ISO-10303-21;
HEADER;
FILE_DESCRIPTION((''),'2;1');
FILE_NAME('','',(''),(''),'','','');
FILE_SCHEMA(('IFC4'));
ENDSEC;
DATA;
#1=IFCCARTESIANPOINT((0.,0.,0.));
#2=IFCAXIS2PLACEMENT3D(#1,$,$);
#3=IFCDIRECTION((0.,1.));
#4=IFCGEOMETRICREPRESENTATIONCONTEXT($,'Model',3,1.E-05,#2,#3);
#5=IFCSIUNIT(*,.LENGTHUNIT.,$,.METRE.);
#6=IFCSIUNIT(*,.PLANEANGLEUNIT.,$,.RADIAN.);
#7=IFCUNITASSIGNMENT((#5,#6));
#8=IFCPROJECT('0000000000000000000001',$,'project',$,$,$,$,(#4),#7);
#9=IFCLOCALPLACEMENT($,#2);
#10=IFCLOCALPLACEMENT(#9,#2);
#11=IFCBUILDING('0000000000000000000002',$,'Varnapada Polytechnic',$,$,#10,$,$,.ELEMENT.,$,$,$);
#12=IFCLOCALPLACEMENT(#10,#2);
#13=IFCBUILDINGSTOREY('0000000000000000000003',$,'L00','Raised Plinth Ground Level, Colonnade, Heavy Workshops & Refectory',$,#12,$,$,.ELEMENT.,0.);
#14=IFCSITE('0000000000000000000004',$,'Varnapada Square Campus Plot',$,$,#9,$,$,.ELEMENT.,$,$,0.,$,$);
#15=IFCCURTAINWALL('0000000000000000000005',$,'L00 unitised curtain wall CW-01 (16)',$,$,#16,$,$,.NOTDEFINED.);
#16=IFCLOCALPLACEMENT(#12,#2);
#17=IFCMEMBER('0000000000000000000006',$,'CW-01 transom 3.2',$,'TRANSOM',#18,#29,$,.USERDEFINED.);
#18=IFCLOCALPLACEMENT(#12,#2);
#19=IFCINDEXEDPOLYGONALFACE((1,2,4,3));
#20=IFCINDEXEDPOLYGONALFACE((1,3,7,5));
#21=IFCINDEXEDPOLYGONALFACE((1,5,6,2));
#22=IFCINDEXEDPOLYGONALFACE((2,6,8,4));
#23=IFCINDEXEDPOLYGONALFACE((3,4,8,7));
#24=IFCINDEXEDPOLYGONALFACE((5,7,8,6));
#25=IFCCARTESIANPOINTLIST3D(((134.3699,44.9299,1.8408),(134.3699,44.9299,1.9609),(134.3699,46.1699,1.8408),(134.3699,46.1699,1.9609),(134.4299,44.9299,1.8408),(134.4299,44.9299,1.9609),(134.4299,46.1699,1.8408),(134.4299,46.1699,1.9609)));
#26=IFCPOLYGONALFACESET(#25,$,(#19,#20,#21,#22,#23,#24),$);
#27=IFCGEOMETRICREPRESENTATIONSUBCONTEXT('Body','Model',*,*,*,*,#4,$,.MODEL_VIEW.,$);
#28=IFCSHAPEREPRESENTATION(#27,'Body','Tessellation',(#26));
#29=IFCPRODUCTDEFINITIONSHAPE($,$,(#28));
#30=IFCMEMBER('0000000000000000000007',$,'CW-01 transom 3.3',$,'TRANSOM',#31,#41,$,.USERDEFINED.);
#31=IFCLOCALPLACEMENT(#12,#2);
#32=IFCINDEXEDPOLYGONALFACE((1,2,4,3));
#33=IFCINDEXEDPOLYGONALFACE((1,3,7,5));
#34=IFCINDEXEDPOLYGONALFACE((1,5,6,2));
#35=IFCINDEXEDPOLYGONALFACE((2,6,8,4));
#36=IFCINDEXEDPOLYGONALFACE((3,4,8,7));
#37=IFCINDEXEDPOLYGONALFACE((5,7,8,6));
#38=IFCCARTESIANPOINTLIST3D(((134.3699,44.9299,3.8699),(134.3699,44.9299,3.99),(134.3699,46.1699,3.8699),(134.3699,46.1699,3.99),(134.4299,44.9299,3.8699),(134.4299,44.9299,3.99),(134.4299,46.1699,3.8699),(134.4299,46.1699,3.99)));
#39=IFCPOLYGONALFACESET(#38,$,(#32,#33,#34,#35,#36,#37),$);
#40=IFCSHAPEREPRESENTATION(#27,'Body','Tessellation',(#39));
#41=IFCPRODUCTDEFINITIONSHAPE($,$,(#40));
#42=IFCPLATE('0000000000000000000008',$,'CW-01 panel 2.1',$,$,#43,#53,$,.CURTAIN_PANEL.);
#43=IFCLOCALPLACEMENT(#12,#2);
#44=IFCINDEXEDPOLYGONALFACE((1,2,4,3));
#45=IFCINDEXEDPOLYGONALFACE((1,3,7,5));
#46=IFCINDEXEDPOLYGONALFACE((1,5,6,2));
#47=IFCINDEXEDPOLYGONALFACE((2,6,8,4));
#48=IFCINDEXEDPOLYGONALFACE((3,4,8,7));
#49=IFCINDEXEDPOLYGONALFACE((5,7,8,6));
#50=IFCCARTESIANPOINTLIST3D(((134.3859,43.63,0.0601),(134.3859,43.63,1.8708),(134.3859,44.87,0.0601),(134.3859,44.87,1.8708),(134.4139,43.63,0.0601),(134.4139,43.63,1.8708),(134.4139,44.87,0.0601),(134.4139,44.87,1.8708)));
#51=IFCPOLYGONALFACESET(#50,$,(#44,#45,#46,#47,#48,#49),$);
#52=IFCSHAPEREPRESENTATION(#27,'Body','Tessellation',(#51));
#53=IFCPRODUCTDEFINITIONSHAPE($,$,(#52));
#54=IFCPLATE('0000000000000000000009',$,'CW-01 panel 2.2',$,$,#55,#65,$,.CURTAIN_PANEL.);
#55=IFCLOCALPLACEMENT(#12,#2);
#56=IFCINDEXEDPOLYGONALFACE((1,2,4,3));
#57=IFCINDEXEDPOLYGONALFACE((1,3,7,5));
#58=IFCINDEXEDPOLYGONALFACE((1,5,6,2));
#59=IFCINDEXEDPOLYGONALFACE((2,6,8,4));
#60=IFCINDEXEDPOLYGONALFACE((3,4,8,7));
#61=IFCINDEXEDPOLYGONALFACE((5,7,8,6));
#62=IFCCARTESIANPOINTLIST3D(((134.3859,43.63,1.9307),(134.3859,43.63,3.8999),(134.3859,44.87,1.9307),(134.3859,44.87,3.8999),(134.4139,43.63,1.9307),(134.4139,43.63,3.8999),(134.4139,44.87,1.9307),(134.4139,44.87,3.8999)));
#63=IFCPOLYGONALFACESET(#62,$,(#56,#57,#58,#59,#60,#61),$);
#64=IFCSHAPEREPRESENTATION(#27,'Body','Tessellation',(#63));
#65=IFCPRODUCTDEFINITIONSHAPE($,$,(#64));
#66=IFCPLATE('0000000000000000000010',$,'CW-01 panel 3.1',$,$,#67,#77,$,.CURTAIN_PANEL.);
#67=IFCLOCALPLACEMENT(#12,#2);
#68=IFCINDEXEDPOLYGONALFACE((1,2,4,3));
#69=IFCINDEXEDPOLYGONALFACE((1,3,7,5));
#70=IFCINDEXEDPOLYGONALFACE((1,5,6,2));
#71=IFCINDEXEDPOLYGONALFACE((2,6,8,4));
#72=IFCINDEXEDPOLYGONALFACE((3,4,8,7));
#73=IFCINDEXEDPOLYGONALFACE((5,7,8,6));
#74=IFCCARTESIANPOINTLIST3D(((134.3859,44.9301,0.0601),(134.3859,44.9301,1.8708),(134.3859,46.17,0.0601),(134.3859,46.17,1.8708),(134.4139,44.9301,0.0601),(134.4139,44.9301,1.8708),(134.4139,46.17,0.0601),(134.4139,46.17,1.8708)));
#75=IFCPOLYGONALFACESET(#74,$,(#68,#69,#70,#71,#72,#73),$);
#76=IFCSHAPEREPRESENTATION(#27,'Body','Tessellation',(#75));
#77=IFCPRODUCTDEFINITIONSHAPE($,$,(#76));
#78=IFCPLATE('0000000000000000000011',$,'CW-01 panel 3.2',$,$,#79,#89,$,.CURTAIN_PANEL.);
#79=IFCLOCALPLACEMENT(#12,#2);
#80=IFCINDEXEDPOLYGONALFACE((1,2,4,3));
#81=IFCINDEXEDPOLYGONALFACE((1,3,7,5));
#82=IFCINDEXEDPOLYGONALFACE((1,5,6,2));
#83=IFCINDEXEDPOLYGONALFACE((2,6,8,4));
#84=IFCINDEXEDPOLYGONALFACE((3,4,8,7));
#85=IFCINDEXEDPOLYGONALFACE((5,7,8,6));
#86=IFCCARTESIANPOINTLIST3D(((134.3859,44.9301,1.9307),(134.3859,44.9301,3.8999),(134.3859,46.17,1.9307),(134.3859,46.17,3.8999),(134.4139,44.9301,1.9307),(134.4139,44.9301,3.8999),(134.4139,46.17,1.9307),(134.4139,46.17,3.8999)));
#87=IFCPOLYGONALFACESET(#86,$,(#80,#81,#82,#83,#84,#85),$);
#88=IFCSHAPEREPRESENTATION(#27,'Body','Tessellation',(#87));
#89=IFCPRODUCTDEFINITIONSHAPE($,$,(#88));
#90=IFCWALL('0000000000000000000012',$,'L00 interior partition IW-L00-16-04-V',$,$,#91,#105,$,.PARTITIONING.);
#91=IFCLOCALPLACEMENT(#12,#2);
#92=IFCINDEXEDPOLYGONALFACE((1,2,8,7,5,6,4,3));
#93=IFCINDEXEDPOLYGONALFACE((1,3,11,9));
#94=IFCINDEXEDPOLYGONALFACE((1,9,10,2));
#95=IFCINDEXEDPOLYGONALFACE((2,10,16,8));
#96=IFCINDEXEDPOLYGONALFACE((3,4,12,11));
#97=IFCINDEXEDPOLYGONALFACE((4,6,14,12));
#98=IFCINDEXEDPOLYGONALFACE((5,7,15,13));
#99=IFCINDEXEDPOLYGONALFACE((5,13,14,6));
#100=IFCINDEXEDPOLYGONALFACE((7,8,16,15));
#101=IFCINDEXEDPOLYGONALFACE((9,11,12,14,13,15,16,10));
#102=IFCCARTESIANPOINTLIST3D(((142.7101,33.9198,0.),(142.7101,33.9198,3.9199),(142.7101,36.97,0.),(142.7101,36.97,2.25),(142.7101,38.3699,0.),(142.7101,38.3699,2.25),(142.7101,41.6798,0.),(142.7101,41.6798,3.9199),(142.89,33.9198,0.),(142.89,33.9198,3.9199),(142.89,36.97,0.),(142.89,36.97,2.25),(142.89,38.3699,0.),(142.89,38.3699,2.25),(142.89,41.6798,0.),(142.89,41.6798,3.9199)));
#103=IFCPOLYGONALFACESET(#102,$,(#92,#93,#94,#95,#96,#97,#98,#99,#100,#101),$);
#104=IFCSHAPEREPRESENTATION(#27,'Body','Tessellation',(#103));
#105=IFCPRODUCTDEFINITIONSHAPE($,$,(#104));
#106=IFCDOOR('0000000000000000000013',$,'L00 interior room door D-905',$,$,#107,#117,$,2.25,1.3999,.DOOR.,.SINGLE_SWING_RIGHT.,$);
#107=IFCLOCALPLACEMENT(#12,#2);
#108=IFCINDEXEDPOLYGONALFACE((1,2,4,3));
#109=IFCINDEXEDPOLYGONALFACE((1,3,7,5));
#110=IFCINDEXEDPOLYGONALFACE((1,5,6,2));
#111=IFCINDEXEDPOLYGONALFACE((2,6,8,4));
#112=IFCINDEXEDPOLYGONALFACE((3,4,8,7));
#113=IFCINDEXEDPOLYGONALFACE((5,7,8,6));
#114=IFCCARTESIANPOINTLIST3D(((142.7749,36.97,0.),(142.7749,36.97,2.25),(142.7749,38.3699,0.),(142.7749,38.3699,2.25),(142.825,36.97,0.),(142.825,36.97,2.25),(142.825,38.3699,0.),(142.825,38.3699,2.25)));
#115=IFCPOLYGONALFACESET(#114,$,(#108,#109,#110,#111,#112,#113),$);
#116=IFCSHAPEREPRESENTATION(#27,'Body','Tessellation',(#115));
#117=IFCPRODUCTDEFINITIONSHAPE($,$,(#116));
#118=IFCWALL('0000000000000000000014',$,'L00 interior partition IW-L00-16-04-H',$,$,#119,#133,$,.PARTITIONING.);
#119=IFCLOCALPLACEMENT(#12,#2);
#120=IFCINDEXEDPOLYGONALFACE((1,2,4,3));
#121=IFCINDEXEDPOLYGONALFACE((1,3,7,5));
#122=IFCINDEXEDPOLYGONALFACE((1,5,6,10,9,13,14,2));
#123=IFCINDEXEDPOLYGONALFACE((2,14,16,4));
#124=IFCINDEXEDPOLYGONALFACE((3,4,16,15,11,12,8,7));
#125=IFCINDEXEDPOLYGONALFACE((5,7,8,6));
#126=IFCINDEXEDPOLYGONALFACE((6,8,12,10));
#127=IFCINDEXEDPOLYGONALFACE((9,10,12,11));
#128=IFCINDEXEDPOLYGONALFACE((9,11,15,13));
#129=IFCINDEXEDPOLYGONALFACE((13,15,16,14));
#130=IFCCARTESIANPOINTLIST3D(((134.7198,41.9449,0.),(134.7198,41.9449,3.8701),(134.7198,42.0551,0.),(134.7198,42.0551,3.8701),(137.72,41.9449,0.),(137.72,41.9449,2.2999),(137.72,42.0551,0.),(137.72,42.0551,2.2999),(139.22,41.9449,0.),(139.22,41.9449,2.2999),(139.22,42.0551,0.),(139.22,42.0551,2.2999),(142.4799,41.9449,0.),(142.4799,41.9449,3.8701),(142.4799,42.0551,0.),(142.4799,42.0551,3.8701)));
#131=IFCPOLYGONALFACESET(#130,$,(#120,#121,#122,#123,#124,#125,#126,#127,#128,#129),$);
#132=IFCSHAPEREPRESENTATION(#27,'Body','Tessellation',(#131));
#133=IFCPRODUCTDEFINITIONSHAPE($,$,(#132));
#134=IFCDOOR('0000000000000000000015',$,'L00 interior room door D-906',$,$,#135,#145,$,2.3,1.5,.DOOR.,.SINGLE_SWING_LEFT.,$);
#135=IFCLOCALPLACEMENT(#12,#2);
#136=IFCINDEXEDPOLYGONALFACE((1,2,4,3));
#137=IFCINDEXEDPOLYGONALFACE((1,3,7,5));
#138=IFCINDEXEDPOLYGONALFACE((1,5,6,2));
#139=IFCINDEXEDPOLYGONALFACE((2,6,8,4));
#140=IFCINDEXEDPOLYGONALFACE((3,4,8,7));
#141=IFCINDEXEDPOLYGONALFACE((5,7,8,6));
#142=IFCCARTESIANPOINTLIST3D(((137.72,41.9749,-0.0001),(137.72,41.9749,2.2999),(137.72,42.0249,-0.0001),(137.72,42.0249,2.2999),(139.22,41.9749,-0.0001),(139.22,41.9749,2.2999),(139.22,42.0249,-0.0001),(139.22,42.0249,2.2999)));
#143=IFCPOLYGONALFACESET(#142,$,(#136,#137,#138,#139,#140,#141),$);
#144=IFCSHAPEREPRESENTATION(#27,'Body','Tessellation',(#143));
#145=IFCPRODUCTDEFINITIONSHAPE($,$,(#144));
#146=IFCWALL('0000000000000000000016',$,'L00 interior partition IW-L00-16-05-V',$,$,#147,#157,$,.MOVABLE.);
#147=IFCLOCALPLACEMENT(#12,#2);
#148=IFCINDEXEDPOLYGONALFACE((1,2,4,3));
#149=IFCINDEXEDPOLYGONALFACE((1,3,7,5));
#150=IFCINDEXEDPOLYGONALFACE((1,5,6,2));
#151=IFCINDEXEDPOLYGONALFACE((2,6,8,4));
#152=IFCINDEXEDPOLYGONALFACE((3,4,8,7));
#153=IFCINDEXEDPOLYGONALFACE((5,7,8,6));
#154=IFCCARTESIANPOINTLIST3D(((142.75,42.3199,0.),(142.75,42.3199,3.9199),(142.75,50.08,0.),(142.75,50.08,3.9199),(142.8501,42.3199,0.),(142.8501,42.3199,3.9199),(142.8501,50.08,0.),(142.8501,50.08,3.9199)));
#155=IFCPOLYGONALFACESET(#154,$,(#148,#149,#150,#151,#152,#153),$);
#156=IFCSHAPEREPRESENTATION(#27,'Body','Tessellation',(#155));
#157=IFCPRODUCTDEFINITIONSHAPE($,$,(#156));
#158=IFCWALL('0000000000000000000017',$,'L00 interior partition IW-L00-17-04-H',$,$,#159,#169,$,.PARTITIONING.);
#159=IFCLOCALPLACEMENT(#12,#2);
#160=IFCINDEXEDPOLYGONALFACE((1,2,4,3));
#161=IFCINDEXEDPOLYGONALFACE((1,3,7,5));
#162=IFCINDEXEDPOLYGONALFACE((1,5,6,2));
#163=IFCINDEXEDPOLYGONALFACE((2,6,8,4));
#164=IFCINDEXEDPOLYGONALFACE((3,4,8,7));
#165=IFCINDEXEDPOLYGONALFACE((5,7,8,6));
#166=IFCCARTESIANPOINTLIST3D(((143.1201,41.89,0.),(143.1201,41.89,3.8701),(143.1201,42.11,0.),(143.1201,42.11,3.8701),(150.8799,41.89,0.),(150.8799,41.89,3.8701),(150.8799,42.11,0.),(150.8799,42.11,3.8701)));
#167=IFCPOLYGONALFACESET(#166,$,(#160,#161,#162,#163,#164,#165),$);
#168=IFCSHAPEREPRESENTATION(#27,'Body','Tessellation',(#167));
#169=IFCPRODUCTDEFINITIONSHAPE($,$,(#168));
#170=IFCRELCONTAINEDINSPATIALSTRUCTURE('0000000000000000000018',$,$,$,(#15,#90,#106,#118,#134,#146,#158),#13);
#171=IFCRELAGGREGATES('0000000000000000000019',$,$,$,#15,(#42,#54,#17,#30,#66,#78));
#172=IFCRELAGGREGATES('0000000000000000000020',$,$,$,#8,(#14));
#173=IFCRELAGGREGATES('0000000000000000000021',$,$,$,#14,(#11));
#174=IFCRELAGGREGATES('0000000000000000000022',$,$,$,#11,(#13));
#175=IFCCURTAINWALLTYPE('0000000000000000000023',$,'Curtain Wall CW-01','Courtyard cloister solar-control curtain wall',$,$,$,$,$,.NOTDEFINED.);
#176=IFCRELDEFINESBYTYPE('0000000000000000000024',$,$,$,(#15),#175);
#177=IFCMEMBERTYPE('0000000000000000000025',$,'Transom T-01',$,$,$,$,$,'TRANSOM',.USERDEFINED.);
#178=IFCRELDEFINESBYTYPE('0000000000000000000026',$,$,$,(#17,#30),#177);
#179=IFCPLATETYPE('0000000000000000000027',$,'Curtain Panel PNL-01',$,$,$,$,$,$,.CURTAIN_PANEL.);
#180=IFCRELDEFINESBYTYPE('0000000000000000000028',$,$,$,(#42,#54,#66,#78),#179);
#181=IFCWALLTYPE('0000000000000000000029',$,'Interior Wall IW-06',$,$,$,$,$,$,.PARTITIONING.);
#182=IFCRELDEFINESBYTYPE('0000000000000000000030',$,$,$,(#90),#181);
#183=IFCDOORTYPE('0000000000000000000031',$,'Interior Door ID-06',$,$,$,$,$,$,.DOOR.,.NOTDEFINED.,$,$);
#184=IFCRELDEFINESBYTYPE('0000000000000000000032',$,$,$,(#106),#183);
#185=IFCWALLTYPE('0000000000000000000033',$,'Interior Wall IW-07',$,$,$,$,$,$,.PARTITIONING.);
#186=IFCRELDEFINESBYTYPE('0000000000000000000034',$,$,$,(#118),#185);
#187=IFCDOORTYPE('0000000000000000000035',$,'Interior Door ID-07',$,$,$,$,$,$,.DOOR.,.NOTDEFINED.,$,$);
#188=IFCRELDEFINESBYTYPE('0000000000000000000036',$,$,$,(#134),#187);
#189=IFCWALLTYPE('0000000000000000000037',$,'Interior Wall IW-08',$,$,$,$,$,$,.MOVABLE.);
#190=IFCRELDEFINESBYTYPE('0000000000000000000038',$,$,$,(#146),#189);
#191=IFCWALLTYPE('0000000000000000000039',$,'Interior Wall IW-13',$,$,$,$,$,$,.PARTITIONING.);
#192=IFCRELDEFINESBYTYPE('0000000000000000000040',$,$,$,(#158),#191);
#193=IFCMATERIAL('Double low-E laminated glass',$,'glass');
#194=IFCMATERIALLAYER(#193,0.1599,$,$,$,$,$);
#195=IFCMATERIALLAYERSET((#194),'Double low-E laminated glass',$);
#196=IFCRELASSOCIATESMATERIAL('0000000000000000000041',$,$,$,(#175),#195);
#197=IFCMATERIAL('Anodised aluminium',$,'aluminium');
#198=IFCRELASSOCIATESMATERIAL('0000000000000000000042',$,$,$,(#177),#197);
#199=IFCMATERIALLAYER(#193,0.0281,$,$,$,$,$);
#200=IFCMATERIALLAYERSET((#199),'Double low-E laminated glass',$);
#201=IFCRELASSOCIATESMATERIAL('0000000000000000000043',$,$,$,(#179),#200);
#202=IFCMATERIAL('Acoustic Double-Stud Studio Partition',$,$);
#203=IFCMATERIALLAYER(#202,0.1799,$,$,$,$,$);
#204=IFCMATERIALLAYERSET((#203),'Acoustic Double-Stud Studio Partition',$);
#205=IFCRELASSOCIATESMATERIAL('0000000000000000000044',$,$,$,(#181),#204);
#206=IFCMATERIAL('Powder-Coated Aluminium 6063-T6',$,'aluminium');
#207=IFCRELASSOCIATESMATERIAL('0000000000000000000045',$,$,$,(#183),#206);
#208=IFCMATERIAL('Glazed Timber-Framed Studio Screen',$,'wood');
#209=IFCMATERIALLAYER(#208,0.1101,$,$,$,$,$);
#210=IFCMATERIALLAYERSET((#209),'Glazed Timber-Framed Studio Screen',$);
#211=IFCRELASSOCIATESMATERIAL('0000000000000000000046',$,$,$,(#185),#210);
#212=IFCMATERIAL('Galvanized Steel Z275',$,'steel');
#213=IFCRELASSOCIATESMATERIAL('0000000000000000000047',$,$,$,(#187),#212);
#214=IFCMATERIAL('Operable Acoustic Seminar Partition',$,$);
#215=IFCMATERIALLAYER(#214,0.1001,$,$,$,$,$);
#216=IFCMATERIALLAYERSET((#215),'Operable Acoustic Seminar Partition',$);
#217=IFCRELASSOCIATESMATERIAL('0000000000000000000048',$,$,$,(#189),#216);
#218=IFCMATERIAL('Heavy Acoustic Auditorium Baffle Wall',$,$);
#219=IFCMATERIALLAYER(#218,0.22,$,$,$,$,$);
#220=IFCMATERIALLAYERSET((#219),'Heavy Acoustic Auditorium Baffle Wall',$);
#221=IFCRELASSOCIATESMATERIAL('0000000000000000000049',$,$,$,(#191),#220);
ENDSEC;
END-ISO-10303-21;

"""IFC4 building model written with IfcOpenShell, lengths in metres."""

from ifc_helpers import new_model, si_unit, direction, frame, frame_2d, origin, origin_2d, place, context, subcontext, project, spatial, rectangle, extrude, material, layer, layer_set, material_profile, profile_set, type_object, element, fill, aggregate, save


model = new_model("IFC4")

# Units and contexts
model_context = context("Model", 3, precision=1e-05, world=origin(), true_north=direction((0.0, 1.0)))
body_context = subcontext(model_context, "Body", "Model", "MODEL_VIEW")
ifc_project = project(units=[si_unit("LENGTHUNIT", "METRE"), si_unit("PLANEANGLEUNIT", "RADIAN")], contexts=[model_context])

# Site, building, storey
site_placement = place(None, origin())
site = spatial("IfcSite", under=ifc_project, at=site_placement, Name="Varnapada Square Campus Plot", CompositionType="ELEMENT", RefElevation=0.0)
building_placement = place(site_placement, origin())
building = spatial("IfcBuilding", under=site, at=building_placement, Name="Varnapada Polytechnic", CompositionType="ELEMENT")
storey_placement = place(building_placement, origin())
storey = spatial("IfcBuildingStorey", under=building, at=storey_placement, Name="L00", Description="Raised Plinth Ground Level, Colonnade, Heavy Workshops & Refectory", CompositionType="ELEMENT", Elevation=0.0)

# Curtain wall
ifc_material_1 = material(Name="Double low-E laminated glass", Category="glass")
ifc_layer_1 = layer(ifc_material_1, 0.1599)
ifc_layer_set_1 = layer_set([ifc_layer_1], Name="Double low-E laminated glass")
curtain_wall_type = type_object("IfcCurtainWallType", Name="Curtain Wall CW-01", Description="Courtyard cloister solar-control curtain wall", PredefinedType="NOTDEFINED", material=ifc_layer_set_1)
curtain_wall_placement = place(storey_placement, origin())
curtain_wall = element("IfcCurtainWall", 1, at=curtain_wall_placement, inside=storey, type_object=curtain_wall_type, Name="L00 unitised curtain wall CW-01 (16)", PredefinedType="NOTDEFINED")
ifc_material_2 = material(Name="Anodised aluminium", Category="aluminium")

# Members
ifc_material_profile_1 = material_profile(ifc_material_2, rectangle(XDim=0.0601, YDim=0.1201, at=origin_2d()), Name="ALU T60x120")
ifc_profile_set_1 = profile_set([ifc_material_profile_1], Name="Anodised aluminium")
member_type_1 = type_object("IfcMemberType", Name="Transom T-01", ElementType="TRANSOM", PredefinedType="USERDEFINED", material=ifc_profile_set_1)
member_1_placement = place(storey_placement, frame((134.3999, 44.9299, 1.9009), z_axis=(0.0, 1.0, 0.0), x_axis=(-1.0, 0.0, 0.0)))
member_1 = element("IfcMember", 2, at=member_1_placement, type_object=member_type_1, Name="CW-01 transom 3.2", ObjectType="TRANSOM", PredefinedType="USERDEFINED", context=body_context, shape_type="SweptSolid", body=[
    extrude(rectangle(XDim=0.0601, YDim=0.1201, at=origin_2d()), origin(), (0.0, 0.0, 1.0), 1.24),
])
member_2_placement = place(storey_placement, frame((134.3999, 44.9299, 3.9299), z_axis=(0.0, 1.0, 0.0), x_axis=(-1.0, 0.0, 0.0)))
member_2 = element("IfcMember", 3, at=member_2_placement, type_object=member_type_1, Name="CW-01 transom 3.3", ObjectType="TRANSOM", PredefinedType="USERDEFINED", context=body_context, shape_type="SweptSolid", body=[
    extrude(rectangle(XDim=0.0601, YDim=0.1201, at=origin_2d()), origin(), (0.0, 0.0, 1.0), 1.24),
])

# Plates
ifc_layer_2 = layer(ifc_material_1, 0.0281)
ifc_layer_set_2 = layer_set([ifc_layer_2], Name="Double low-E laminated glass")
plate_type = type_object("IfcPlateType", Name="Curtain Panel PNL-01", PredefinedType="CURTAIN_PANEL", material=ifc_layer_set_2)
plate_1_placement = place(storey_placement, frame((134.3999, 44.25, 0.0601), z_axis=(0.0, 0.0, 1.0), x_axis=(0.0, 1.0, 0.0)))
plate_1 = element("IfcPlate", 4, at=plate_1_placement, type_object=plate_type, Name="CW-01 panel 2.1", PredefinedType="CURTAIN_PANEL", context=body_context, shape_type="SweptSolid", body=[
    extrude(rectangle(XDim=1.24, YDim=0.0281, at=origin_2d()), origin(), (0.0, 0.0, 1.0), 1.8108),
])
plate_2_placement = place(storey_placement, frame((134.3999, 44.25, 1.9307), z_axis=(0.0, 0.0, 1.0), x_axis=(0.0, 1.0, 0.0)))
plate_2 = element("IfcPlate", 5, at=plate_2_placement, type_object=plate_type, Name="CW-01 panel 2.2", PredefinedType="CURTAIN_PANEL", context=body_context, shape_type="SweptSolid", body=[
    extrude(rectangle(XDim=1.24, YDim=0.0281, at=origin_2d()), origin(), (0.0, 0.0, 1.0), 1.9692),
])
plate_3_placement = place(storey_placement, frame((134.3999, 45.55, 0.0601), z_axis=(0.0, 0.0, 1.0), x_axis=(0.0, 1.0, 0.0)))
plate_3 = element("IfcPlate", 6, at=plate_3_placement, type_object=plate_type, Name="CW-01 panel 3.1", PredefinedType="CURTAIN_PANEL", context=body_context, shape_type="SweptSolid", body=[
    extrude(rectangle(XDim=1.24, YDim=0.0281, at=origin_2d()), origin(), (0.0, 0.0, 1.0), 1.8108),
])
plate_4_placement = place(storey_placement, frame((134.3999, 45.55, 1.9307), z_axis=(0.0, 0.0, 1.0), x_axis=(0.0, 1.0, 0.0)))
plate_4 = element("IfcPlate", 7, at=plate_4_placement, type_object=plate_type, Name="CW-01 panel 3.2", PredefinedType="CURTAIN_PANEL", context=body_context, shape_type="SweptSolid", body=[
    extrude(rectangle(XDim=1.24, YDim=0.0281, at=origin_2d()), origin(), (0.0, 0.0, 1.0), 1.9692),
])
aggregate(curtain_wall, [plate_1, plate_2, member_1, member_2, plate_3, plate_4])

# Walls, openings, doors
ifc_material_3 = material(Name="Acoustic Double-Stud Studio Partition")
ifc_layer_3 = layer(ifc_material_3, 0.1799)
ifc_layer_set_3 = layer_set([ifc_layer_3], Name="Acoustic Double-Stud Studio Partition")
wall_type_1 = type_object("IfcWallType", Name="Interior Wall IW-06", PredefinedType="PARTITIONING", material=ifc_layer_set_3)
wall_1_placement = place(storey_placement, frame((142.8, 33.9199, 0.0), z_axis=(0.0, 0.0, 1.0), x_axis=(0.0, 1.0, 0.0)))
wall_1 = element("IfcWall", 8, at=wall_1_placement, inside=storey, type_object=wall_type_1, Name="L00 interior partition IW-L00-16-04-V", PredefinedType="PARTITIONING", context=body_context, shape_type="SweptSolid", body=[
    extrude(rectangle(XDim=7.76, YDim=0.1799, at=frame_2d((3.8799, 0.0))), origin(), (0.0, 0.0, 1.0), 3.9199),
])
opening_1_placement = place(wall_1_placement, frame((3.05, 0.0, 0.0)))
opening_1 = element("IfcOpeningElement", 9, at=opening_1_placement, cuts=wall_1, PredefinedType="OPENING", context=body_context, shape_type="SweptSolid", body=[
    extrude(rectangle(XDim=1.3999, YDim=2.25, at=frame_2d((0.7, 1.125))), frame((0.0, 0.0999, 0.0), z_axis=(0.0, -1.0, 0.0), x_axis=(1.0, 0.0, 0.0)), (0.0, 0.0, 1.0), 0.2),
])
ifc_material_4 = material(Name="Powder-Coated Aluminium 6063-T6", Category="aluminium")
door_type_1 = type_object("IfcDoorType", Name="Interior Door ID-06", OperationType="NOTDEFINED", PredefinedType="DOOR", material=ifc_material_4)
door_1_placement = place(opening_1_placement, frame((1.3999, 0.0, 0.0), z_axis=(0.0, 0.0, 1.0), x_axis=(-1.0, 0.0, 0.0)))
door_1 = element("IfcDoor", 10, at=door_1_placement, inside=storey, type_object=door_type_1, Name="L00 interior room door D-905", OperationType="SINGLE_SWING_RIGHT", OverallHeight=2.25, OverallWidth=1.3999, PredefinedType="DOOR", context=body_context, shape_type="SweptSolid", body=[
    extrude(rectangle(XDim=1.3999, YDim=2.25, at=frame_2d((0.7, 1.125))), frame((0.0, 0.0249, 0.0), z_axis=(0.0, -1.0, 0.0), x_axis=(1.0, 0.0, 0.0)), (0.0, 0.0, 1.0), 0.05),
])
fill(opening_1, door_1)
ifc_material_5 = material(Name="Glazed Timber-Framed Studio Screen", Category="wood")
ifc_layer_4 = layer(ifc_material_5, 0.1101)
ifc_layer_set_4 = layer_set([ifc_layer_4], Name="Glazed Timber-Framed Studio Screen")
wall_type_2 = type_object("IfcWallType", Name="Interior Wall IW-07", PredefinedType="PARTITIONING", material=ifc_layer_set_4)
wall_2_placement = place(storey_placement, frame((134.72, 42.0, 0.0), z_axis=(0.0, 0.0, 1.0), x_axis=(1.0, 0.0, 0.0)))
wall_2 = element("IfcWall", 11, at=wall_2_placement, inside=storey, type_object=wall_type_2, Name="L00 interior partition IW-L00-16-04-H", PredefinedType="PARTITIONING", context=body_context, shape_type="SweptSolid", body=[
    extrude(rectangle(XDim=7.76, YDim=0.1101, at=frame_2d((3.8799, 0.0))), origin(), (0.0, 0.0, 1.0), 3.8701),
])
opening_2_placement = place(wall_2_placement, frame((3.0, 0.0, 0.0)))
opening_2 = element("IfcOpeningElement", 12, at=opening_2_placement, cuts=wall_2, PredefinedType="OPENING", context=body_context, shape_type="SweptSolid", body=[
    extrude(rectangle(XDim=1.5, YDim=2.3, at=frame_2d((0.75, 1.1499))), frame((0.0, 0.0649, 0.0), z_axis=(0.0, -1.0, 0.0), x_axis=(1.0, 0.0, 0.0)), (0.0, 0.0, 1.0), 0.1301),
])
ifc_material_6 = material(Name="Galvanized Steel Z275", Category="steel")
door_type_2 = type_object("IfcDoorType", Name="Interior Door ID-07", OperationType="NOTDEFINED", PredefinedType="DOOR", material=ifc_material_6)
door_2_placement = place(opening_2_placement, origin())
door_2 = element("IfcDoor", 13, at=door_2_placement, inside=storey, type_object=door_type_2, Name="L00 interior room door D-906", OperationType="SINGLE_SWING_LEFT", OverallHeight=2.3, OverallWidth=1.5, PredefinedType="DOOR", context=body_context, shape_type="SweptSolid", body=[
    extrude(rectangle(XDim=1.5, YDim=2.3, at=frame_2d((0.75, 1.1499))), frame((0.0, 0.0249, 0.0), z_axis=(0.0, -1.0, 0.0), x_axis=(1.0, 0.0, 0.0)), (0.0, 0.0, 1.0), 0.05),
])
fill(opening_2, door_2)

# Walls
ifc_material_7 = material(Name="Operable Acoustic Seminar Partition")
ifc_layer_5 = layer(ifc_material_7, 0.1001)
ifc_layer_set_5 = layer_set([ifc_layer_5], Name="Operable Acoustic Seminar Partition")
wall_type_3 = type_object("IfcWallType", Name="Interior Wall IW-08", PredefinedType="MOVABLE", material=ifc_layer_set_5)
wall_3_placement = place(storey_placement, frame((142.8, 42.3201, 0.0), z_axis=(0.0, 0.0, 1.0), x_axis=(0.0, 1.0, 0.0)))
element("IfcWall", 14, at=wall_3_placement, inside=storey, type_object=wall_type_3, Name="L00 interior partition IW-L00-16-05-V", PredefinedType="MOVABLE", context=body_context, shape_type="SweptSolid", body=[
    extrude(rectangle(XDim=7.76, YDim=0.1001, at=frame_2d((3.8799, 0.0))), origin(), (0.0, 0.0, 1.0), 3.9199),
])
ifc_material_8 = material(Name="Heavy Acoustic Auditorium Baffle Wall")
ifc_layer_6 = layer(ifc_material_8, 0.22)
ifc_layer_set_6 = layer_set([ifc_layer_6], Name="Heavy Acoustic Auditorium Baffle Wall")
wall_type_4 = type_object("IfcWallType", Name="Interior Wall IW-13", PredefinedType="PARTITIONING", material=ifc_layer_set_6)
wall_4_placement = place(storey_placement, frame((143.1201, 42.0, 0.0), z_axis=(0.0, 0.0, 1.0), x_axis=(1.0, 0.0, 0.0)))
element("IfcWall", 15, at=wall_4_placement, inside=storey, type_object=wall_type_4, Name="L00 interior partition IW-L00-17-04-H", PredefinedType="PARTITIONING", context=body_context, shape_type="SweptSolid", body=[
    extrude(rectangle(XDim=7.7598, YDim=0.22, at=frame_2d((3.8799, 0.0))), origin(), (0.0, 0.0, 1.0), 3.8701),
])

save(model, "model.ifc")
